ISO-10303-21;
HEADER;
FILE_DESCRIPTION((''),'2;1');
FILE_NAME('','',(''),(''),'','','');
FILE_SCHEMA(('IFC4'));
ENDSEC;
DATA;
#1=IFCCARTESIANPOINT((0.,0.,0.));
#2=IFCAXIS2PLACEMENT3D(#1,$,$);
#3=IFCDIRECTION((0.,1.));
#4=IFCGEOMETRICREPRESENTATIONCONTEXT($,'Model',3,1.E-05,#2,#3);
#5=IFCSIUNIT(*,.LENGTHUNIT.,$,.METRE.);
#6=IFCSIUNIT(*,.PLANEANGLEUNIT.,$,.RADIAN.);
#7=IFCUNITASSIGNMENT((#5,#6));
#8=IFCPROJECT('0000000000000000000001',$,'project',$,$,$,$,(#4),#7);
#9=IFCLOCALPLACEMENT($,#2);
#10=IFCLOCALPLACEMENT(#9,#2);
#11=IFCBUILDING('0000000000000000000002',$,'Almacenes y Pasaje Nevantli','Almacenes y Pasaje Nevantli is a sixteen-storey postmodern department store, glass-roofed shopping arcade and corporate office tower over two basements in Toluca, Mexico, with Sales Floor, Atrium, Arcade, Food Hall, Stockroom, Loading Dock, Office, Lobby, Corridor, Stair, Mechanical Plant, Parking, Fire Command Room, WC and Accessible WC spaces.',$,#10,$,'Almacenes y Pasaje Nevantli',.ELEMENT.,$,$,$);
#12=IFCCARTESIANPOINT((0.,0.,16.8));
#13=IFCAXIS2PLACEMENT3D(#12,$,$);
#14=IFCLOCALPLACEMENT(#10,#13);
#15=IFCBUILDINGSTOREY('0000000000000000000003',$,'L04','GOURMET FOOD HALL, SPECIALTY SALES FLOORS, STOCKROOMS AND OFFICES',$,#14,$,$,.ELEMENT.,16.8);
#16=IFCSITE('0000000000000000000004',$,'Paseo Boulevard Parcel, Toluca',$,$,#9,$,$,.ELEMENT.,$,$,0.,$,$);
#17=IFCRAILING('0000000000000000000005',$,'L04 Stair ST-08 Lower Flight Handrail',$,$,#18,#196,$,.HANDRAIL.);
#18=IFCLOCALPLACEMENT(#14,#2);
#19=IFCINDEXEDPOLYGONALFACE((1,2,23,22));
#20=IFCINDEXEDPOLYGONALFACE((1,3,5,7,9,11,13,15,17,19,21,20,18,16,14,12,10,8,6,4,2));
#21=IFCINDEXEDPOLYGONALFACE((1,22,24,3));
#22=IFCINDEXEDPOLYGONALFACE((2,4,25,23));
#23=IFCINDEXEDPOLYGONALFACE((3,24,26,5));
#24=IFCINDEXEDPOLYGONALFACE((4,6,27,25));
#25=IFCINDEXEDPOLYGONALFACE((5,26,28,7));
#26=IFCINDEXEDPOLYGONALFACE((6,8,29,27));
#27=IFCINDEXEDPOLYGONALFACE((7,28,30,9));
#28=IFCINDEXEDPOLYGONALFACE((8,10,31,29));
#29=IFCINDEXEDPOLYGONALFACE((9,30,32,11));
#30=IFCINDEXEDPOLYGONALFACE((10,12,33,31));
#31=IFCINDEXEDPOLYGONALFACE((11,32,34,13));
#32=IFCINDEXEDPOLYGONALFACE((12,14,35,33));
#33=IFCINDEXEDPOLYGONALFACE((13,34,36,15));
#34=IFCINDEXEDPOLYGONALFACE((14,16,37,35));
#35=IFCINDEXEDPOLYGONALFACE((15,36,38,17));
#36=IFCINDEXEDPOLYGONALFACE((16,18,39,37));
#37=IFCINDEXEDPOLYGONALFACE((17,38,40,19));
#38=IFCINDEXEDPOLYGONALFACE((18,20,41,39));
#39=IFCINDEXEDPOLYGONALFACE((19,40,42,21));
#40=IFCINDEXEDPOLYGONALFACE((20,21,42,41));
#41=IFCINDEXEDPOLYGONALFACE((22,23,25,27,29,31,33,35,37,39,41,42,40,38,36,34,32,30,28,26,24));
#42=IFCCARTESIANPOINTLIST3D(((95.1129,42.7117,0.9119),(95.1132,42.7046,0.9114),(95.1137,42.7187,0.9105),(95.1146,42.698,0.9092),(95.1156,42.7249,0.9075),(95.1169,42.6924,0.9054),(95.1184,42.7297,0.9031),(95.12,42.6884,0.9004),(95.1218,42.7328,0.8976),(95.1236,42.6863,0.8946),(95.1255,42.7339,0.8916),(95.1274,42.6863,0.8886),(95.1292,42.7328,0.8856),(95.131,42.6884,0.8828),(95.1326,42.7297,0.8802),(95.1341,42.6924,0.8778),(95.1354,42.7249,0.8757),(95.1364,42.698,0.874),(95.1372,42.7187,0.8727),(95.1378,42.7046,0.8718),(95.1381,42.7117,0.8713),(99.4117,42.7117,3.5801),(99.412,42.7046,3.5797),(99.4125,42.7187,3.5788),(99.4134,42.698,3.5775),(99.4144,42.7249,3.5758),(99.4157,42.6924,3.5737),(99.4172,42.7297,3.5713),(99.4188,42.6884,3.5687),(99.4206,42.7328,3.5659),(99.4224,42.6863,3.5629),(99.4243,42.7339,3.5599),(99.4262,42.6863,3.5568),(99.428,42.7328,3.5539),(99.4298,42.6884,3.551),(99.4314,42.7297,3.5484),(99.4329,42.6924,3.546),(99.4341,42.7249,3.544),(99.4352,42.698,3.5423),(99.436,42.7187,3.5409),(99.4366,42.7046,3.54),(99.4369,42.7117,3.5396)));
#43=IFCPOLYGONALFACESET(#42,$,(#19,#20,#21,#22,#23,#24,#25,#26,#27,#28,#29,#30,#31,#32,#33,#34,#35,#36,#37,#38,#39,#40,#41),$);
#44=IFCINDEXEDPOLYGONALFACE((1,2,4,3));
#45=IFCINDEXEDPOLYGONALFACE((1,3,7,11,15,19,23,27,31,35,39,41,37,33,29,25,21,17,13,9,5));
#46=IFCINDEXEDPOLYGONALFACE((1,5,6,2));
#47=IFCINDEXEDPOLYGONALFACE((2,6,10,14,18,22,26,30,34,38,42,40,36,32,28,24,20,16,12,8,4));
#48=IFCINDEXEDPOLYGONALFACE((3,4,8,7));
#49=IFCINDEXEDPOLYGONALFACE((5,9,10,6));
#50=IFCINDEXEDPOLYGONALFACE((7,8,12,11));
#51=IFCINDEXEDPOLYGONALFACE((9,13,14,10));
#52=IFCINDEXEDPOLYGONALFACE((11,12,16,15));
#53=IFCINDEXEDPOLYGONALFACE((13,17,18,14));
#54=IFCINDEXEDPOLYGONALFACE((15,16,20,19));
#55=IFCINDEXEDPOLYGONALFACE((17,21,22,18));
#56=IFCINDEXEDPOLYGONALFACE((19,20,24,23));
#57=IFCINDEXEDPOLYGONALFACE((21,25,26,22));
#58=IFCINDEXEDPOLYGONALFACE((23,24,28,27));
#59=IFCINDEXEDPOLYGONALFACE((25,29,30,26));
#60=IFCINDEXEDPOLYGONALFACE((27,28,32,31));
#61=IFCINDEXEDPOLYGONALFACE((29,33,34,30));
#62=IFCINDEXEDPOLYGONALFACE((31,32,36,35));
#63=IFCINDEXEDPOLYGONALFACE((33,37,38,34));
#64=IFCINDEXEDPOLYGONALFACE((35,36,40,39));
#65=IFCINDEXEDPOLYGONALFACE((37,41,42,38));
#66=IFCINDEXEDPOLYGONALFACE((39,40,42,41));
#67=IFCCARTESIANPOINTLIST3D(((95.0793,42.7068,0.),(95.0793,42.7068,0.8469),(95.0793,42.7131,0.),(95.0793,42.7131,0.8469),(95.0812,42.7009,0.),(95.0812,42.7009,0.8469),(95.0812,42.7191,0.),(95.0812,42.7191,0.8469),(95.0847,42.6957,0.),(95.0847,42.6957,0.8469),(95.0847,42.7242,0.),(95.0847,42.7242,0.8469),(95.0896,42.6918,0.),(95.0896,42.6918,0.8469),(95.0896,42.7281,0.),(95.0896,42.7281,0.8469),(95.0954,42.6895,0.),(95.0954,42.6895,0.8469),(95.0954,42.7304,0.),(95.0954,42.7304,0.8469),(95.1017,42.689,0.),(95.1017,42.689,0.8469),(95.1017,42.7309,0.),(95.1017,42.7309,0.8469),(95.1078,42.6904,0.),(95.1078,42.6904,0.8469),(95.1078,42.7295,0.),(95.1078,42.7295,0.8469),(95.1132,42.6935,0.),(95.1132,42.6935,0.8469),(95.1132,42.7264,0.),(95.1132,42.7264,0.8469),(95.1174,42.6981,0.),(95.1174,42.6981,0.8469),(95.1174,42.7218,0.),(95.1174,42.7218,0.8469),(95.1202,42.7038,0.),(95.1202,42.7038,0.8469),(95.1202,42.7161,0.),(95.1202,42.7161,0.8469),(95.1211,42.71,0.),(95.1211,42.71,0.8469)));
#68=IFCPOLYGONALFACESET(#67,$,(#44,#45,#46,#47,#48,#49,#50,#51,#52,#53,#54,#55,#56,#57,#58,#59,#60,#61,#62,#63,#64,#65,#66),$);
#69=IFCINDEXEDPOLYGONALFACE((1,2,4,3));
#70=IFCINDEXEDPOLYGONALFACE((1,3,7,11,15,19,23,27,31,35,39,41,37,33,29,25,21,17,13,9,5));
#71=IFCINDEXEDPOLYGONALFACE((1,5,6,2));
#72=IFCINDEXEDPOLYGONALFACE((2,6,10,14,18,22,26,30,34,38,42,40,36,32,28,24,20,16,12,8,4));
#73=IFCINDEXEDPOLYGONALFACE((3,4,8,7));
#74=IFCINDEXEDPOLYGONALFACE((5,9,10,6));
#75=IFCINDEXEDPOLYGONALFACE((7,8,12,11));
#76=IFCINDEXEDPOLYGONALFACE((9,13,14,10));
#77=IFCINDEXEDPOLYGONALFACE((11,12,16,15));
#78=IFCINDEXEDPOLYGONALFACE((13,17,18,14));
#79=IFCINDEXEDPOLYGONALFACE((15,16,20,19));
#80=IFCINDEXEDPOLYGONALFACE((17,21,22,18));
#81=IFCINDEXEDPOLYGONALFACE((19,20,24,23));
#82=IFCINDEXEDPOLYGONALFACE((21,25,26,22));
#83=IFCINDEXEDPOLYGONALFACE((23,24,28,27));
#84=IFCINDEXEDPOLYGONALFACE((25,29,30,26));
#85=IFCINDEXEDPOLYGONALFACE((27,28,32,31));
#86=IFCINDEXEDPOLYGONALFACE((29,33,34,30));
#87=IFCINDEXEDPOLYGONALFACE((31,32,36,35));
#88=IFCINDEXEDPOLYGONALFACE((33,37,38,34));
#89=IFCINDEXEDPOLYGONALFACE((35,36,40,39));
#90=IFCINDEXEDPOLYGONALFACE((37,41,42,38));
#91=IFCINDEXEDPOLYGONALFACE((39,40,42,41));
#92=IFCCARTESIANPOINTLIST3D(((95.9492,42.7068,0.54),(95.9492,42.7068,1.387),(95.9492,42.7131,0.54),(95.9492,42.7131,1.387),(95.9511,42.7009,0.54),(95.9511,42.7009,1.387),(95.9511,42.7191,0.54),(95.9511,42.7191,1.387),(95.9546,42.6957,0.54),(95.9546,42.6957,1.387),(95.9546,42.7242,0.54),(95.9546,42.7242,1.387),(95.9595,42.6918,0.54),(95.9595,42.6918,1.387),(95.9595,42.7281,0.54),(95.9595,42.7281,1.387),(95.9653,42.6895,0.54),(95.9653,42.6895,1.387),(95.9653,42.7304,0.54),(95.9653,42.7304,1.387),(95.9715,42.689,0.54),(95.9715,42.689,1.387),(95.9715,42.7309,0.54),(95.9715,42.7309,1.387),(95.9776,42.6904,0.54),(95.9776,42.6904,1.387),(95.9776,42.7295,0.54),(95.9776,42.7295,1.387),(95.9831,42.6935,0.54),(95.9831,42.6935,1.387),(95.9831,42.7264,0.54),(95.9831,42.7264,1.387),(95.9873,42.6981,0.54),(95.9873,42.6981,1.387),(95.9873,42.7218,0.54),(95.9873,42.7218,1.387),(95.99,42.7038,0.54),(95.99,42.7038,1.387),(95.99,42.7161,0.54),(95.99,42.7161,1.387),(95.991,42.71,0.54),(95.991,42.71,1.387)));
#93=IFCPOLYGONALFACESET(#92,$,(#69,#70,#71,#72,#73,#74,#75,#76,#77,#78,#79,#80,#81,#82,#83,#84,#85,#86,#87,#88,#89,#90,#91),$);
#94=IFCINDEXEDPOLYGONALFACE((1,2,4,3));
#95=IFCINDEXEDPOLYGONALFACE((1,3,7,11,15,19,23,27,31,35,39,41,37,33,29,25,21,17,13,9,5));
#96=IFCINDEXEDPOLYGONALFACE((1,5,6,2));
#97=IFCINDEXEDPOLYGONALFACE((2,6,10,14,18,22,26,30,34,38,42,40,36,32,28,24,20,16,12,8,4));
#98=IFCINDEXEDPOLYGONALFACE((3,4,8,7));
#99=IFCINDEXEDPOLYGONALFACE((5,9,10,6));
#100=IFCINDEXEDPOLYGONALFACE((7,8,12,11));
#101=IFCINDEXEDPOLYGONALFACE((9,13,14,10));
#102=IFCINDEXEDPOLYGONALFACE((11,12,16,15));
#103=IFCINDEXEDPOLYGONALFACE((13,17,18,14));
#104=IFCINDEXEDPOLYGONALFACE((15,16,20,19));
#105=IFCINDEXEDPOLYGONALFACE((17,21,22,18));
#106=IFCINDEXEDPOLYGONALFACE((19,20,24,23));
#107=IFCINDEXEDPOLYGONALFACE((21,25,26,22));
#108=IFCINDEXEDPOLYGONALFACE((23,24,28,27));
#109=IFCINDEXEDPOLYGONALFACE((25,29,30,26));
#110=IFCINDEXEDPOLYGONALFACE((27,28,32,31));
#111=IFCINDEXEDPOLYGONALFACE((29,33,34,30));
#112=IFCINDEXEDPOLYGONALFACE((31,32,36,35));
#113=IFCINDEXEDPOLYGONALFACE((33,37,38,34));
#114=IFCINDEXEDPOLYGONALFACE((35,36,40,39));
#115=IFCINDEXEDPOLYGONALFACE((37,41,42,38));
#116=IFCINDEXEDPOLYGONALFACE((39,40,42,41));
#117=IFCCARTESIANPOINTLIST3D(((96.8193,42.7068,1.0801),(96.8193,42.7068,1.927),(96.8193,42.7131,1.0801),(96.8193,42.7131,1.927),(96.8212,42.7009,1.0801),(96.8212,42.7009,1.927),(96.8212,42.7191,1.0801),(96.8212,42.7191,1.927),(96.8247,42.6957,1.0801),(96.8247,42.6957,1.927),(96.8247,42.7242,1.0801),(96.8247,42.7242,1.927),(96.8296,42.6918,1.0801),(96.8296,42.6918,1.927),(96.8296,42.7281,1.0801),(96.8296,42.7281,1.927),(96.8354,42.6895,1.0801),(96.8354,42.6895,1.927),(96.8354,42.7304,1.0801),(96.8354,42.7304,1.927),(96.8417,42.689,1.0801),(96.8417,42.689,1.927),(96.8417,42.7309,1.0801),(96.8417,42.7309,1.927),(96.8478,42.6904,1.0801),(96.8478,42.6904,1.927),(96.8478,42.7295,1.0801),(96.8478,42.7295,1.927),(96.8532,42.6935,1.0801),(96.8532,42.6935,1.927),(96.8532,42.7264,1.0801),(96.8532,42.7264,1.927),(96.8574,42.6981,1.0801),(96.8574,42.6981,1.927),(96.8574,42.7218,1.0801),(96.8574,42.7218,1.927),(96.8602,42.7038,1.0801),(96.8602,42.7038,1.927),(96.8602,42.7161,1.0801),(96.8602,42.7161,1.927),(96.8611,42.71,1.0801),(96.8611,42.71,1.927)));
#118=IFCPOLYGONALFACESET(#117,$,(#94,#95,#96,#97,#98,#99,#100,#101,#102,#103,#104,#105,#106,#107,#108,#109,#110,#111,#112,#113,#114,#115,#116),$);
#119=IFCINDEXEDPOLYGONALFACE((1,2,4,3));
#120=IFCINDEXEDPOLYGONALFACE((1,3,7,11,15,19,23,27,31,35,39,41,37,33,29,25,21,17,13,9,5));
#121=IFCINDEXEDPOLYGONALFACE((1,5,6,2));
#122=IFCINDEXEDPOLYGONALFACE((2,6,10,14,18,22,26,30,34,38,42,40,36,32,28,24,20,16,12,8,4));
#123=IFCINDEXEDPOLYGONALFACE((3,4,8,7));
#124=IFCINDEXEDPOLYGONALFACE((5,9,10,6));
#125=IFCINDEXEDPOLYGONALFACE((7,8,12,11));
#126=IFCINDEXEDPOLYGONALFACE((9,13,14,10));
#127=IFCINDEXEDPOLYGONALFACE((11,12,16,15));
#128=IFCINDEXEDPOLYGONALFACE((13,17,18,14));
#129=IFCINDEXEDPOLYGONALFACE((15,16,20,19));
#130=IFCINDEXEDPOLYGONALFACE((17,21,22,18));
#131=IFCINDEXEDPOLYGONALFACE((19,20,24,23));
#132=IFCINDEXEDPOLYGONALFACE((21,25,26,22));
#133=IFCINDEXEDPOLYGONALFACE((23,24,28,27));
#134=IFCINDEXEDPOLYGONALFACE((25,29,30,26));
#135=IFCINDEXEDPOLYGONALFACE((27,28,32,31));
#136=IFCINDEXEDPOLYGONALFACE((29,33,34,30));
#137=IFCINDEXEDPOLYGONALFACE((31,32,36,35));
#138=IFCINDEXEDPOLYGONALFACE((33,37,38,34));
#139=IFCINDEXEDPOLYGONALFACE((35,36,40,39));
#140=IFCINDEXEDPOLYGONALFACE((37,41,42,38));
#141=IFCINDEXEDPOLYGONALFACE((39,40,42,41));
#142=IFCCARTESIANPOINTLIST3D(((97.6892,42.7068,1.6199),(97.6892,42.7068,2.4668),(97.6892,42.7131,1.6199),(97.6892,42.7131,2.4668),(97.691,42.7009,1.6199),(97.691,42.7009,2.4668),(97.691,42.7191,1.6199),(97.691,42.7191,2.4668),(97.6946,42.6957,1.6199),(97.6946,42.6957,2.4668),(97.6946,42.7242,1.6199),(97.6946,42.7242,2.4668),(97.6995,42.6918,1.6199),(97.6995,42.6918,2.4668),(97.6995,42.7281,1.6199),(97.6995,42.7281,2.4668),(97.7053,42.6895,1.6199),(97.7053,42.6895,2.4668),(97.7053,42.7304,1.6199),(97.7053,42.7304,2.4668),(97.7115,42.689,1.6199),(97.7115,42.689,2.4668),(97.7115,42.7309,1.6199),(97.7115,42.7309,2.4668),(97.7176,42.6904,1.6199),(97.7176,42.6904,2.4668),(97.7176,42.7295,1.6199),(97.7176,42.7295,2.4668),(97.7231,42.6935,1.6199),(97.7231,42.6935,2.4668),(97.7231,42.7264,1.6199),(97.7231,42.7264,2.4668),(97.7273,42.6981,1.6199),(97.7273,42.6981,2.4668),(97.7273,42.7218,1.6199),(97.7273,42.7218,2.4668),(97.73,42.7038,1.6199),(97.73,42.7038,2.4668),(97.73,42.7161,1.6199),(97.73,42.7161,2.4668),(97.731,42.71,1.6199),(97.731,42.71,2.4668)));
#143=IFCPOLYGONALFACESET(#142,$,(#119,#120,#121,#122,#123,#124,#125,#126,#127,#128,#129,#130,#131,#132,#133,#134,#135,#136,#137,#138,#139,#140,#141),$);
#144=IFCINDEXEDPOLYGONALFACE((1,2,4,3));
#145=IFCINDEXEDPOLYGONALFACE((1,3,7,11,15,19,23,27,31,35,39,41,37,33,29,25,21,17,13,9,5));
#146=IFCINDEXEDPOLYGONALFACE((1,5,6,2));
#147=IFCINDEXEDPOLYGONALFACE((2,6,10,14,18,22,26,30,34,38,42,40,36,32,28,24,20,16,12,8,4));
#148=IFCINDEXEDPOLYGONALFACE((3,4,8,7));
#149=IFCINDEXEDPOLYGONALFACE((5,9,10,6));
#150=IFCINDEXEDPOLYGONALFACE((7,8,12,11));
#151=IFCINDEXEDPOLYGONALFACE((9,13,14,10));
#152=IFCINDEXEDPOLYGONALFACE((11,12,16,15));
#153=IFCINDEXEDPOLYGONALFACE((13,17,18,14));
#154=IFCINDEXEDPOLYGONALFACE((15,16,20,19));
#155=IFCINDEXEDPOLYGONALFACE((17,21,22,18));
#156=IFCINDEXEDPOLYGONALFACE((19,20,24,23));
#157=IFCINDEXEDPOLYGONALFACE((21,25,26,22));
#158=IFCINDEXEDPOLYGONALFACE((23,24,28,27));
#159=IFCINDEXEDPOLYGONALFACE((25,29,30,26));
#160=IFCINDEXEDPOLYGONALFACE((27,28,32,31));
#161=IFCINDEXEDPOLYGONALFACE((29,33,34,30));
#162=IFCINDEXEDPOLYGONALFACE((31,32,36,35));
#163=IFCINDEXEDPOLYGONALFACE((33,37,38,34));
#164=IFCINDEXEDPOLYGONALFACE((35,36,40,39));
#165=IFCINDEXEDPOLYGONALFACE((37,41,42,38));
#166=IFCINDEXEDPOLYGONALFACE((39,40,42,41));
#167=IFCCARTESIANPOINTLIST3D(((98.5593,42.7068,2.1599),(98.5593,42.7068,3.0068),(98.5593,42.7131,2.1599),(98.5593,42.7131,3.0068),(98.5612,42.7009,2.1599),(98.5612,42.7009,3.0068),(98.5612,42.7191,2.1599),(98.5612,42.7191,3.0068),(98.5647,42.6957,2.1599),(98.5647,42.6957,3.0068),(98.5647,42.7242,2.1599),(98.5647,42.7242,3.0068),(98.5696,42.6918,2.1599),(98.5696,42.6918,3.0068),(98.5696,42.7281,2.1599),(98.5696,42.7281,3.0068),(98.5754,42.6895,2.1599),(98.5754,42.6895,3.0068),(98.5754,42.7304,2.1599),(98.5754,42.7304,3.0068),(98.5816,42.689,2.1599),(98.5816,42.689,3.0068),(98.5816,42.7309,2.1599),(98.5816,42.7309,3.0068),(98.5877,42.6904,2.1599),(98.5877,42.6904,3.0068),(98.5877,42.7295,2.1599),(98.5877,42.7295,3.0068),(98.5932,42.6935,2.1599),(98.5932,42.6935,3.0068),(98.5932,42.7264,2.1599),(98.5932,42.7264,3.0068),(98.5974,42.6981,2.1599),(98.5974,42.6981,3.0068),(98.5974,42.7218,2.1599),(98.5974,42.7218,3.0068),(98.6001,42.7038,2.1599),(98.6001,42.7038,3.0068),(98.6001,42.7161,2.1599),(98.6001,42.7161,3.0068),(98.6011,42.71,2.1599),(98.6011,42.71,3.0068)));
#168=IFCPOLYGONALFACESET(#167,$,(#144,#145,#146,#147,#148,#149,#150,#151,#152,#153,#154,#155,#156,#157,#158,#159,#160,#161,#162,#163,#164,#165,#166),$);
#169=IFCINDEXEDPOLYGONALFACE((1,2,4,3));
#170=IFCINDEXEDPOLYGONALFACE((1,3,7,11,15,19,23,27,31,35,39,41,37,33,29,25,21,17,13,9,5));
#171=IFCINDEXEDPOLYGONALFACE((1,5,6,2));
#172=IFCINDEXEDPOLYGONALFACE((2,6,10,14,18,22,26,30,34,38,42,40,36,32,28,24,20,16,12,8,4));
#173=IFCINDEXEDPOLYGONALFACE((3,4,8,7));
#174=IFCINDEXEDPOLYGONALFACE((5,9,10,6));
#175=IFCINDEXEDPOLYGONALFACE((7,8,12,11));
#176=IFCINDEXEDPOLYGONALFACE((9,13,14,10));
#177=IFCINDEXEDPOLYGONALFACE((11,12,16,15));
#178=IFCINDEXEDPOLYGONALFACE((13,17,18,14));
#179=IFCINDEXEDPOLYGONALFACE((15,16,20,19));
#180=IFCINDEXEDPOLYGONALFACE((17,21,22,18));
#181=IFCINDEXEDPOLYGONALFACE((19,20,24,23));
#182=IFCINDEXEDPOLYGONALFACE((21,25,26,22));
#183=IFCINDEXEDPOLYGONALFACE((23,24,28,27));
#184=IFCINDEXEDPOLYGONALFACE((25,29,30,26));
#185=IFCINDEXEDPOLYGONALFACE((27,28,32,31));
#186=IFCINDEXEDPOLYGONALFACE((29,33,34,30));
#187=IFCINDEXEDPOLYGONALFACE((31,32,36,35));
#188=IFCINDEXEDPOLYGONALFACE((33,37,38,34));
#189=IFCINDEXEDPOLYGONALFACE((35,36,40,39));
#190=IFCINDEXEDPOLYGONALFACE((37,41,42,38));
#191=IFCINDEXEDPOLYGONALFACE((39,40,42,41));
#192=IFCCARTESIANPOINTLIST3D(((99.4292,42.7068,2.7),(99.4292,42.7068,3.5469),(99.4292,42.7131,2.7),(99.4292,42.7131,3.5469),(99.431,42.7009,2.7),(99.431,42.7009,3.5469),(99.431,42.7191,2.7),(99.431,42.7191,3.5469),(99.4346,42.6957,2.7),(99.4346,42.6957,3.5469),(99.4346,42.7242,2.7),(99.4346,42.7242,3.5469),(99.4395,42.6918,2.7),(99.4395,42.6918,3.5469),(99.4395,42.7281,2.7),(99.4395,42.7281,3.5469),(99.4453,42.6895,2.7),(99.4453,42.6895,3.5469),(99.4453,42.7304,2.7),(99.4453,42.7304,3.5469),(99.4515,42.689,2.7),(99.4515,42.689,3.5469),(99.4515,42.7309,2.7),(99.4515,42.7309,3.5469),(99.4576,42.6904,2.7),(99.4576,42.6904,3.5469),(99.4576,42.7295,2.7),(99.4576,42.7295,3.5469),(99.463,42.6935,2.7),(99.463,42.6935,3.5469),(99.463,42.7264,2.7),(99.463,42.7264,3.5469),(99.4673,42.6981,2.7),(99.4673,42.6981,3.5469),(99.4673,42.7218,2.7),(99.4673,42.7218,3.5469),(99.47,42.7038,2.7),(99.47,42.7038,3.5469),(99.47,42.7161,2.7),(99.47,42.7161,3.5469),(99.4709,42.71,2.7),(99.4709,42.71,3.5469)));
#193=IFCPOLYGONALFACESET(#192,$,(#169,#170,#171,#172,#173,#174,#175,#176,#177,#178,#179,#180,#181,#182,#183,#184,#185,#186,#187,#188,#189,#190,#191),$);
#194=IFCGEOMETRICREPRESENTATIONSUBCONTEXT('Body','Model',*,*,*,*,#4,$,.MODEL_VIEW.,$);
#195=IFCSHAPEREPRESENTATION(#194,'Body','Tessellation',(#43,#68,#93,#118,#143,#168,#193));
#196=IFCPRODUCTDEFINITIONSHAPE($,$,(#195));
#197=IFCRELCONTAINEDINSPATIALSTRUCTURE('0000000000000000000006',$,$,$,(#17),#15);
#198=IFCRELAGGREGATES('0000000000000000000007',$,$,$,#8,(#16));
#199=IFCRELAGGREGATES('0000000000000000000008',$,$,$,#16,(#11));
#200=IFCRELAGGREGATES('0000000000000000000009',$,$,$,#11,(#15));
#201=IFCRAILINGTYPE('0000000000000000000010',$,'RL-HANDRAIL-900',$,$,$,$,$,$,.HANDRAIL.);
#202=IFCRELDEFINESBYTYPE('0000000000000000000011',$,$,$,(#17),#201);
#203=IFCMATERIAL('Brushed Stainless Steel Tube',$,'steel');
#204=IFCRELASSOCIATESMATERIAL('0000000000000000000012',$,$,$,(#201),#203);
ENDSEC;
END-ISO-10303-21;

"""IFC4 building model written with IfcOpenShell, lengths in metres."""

from ifc_helpers import new_model, si_unit, direction, frame, origin, origin_2d, place, context, subcontext, project, spatial, circle, extrude, material, type_object, element, save


model = new_model("IFC4")

# Units and contexts
model_context = context("Model", 3, precision=1e-05, world=origin(), true_north=direction((0.0, 1.0)))
body_context = subcontext(model_context, "Body", "Model", "MODEL_VIEW")
ifc_project = project(units=[si_unit("LENGTHUNIT", "METRE"), si_unit("PLANEANGLEUNIT", "RADIAN")], contexts=[model_context])

# Site, building, storey
site_placement = place(None, origin())
site = spatial("IfcSite", under=ifc_project, at=site_placement, Name="Paseo Boulevard Parcel, Toluca", CompositionType="ELEMENT", RefElevation=0.0)
building_placement = place(site_placement, origin())
building = spatial("IfcBuilding", under=site, at=building_placement, Name="Almacenes y Pasaje Nevantli", Description="Almacenes y Pasaje Nevantli is a sixteen-storey postmodern department store, glass-roofed shopping arcade and corporate office tower over two basements in Toluca, Mexico, with Sales Floor, Atrium, Arcade, Food Hall, Stockroom, Loading Dock, Office, Lobby, Corridor, Stair, Mechanical Plant, Parking, Fire Command Room, WC and Accessible WC spaces.", LongName="Almacenes y Pasaje Nevantli", CompositionType="ELEMENT")
storey_placement = place(building_placement, frame((0.0, 0.0, 16.8)))
storey = spatial("IfcBuildingStorey", under=building, at=storey_placement, Name="L04", Description="GOURMET FOOD HALL, SPECIALTY SALES FLOORS, STOCKROOMS AND OFFICES", CompositionType="ELEMENT", Elevation=16.8)

# Railing
ifc_material_1 = material(Name="Brushed Stainless Steel Tube", Category="steel")
railing_type_1 = type_object("IfcRailingType", Name="RL-HANDRAIL-900", PredefinedType="HANDRAIL", material=ifc_material_1)
railing_1_placement = place(storey_placement, frame((95.1001, 42.71, 0.0)))
element("IfcRailing", 1, at=railing_1_placement, inside=storey, type_object=railing_type_1, Name="L04 Stair ST-08 Lower Flight Handrail", PredefinedType="HANDRAIL", context=body_context, shape_type="SweptSolid", body=[
    extrude(circle(Radius=0.0239, at=origin_2d()), frame((0.0254, 0.0, 0.8916), z_axis=(0.849636, 0.0, 0.527369), x_axis=(0.0, 1.0, 0.0)), (0.0, 0.0, 1.0), 5.0596),
    extrude(circle(Radius=0.021, at=origin_2d()), origin(), (0.0, 0.0, 1.0), 0.8469),
    extrude(circle(Radius=0.021, at=origin_2d()), frame((0.8699, 0.0, 0.54)), (0.0, 0.0, 1.0), 0.8469),
    extrude(circle(Radius=0.021, at=origin_2d()), frame((1.74, 0.0, 1.0801)), (0.0, 0.0, 1.0), 0.8469),
    extrude(circle(Radius=0.021, at=origin_2d()), frame((2.6099, 0.0, 1.6199)), (0.0, 0.0, 1.0), 0.8469),
    extrude(circle(Radius=0.021, at=origin_2d()), frame((3.48, 0.0, 2.1599)), (0.0, 0.0, 1.0), 0.8469),
    extrude(circle(Radius=0.021, at=origin_2d()), frame((4.3499, 0.0, 2.7)), (0.0, 0.0, 1.0), 0.8469),
])

save(model, "model.ifc")
